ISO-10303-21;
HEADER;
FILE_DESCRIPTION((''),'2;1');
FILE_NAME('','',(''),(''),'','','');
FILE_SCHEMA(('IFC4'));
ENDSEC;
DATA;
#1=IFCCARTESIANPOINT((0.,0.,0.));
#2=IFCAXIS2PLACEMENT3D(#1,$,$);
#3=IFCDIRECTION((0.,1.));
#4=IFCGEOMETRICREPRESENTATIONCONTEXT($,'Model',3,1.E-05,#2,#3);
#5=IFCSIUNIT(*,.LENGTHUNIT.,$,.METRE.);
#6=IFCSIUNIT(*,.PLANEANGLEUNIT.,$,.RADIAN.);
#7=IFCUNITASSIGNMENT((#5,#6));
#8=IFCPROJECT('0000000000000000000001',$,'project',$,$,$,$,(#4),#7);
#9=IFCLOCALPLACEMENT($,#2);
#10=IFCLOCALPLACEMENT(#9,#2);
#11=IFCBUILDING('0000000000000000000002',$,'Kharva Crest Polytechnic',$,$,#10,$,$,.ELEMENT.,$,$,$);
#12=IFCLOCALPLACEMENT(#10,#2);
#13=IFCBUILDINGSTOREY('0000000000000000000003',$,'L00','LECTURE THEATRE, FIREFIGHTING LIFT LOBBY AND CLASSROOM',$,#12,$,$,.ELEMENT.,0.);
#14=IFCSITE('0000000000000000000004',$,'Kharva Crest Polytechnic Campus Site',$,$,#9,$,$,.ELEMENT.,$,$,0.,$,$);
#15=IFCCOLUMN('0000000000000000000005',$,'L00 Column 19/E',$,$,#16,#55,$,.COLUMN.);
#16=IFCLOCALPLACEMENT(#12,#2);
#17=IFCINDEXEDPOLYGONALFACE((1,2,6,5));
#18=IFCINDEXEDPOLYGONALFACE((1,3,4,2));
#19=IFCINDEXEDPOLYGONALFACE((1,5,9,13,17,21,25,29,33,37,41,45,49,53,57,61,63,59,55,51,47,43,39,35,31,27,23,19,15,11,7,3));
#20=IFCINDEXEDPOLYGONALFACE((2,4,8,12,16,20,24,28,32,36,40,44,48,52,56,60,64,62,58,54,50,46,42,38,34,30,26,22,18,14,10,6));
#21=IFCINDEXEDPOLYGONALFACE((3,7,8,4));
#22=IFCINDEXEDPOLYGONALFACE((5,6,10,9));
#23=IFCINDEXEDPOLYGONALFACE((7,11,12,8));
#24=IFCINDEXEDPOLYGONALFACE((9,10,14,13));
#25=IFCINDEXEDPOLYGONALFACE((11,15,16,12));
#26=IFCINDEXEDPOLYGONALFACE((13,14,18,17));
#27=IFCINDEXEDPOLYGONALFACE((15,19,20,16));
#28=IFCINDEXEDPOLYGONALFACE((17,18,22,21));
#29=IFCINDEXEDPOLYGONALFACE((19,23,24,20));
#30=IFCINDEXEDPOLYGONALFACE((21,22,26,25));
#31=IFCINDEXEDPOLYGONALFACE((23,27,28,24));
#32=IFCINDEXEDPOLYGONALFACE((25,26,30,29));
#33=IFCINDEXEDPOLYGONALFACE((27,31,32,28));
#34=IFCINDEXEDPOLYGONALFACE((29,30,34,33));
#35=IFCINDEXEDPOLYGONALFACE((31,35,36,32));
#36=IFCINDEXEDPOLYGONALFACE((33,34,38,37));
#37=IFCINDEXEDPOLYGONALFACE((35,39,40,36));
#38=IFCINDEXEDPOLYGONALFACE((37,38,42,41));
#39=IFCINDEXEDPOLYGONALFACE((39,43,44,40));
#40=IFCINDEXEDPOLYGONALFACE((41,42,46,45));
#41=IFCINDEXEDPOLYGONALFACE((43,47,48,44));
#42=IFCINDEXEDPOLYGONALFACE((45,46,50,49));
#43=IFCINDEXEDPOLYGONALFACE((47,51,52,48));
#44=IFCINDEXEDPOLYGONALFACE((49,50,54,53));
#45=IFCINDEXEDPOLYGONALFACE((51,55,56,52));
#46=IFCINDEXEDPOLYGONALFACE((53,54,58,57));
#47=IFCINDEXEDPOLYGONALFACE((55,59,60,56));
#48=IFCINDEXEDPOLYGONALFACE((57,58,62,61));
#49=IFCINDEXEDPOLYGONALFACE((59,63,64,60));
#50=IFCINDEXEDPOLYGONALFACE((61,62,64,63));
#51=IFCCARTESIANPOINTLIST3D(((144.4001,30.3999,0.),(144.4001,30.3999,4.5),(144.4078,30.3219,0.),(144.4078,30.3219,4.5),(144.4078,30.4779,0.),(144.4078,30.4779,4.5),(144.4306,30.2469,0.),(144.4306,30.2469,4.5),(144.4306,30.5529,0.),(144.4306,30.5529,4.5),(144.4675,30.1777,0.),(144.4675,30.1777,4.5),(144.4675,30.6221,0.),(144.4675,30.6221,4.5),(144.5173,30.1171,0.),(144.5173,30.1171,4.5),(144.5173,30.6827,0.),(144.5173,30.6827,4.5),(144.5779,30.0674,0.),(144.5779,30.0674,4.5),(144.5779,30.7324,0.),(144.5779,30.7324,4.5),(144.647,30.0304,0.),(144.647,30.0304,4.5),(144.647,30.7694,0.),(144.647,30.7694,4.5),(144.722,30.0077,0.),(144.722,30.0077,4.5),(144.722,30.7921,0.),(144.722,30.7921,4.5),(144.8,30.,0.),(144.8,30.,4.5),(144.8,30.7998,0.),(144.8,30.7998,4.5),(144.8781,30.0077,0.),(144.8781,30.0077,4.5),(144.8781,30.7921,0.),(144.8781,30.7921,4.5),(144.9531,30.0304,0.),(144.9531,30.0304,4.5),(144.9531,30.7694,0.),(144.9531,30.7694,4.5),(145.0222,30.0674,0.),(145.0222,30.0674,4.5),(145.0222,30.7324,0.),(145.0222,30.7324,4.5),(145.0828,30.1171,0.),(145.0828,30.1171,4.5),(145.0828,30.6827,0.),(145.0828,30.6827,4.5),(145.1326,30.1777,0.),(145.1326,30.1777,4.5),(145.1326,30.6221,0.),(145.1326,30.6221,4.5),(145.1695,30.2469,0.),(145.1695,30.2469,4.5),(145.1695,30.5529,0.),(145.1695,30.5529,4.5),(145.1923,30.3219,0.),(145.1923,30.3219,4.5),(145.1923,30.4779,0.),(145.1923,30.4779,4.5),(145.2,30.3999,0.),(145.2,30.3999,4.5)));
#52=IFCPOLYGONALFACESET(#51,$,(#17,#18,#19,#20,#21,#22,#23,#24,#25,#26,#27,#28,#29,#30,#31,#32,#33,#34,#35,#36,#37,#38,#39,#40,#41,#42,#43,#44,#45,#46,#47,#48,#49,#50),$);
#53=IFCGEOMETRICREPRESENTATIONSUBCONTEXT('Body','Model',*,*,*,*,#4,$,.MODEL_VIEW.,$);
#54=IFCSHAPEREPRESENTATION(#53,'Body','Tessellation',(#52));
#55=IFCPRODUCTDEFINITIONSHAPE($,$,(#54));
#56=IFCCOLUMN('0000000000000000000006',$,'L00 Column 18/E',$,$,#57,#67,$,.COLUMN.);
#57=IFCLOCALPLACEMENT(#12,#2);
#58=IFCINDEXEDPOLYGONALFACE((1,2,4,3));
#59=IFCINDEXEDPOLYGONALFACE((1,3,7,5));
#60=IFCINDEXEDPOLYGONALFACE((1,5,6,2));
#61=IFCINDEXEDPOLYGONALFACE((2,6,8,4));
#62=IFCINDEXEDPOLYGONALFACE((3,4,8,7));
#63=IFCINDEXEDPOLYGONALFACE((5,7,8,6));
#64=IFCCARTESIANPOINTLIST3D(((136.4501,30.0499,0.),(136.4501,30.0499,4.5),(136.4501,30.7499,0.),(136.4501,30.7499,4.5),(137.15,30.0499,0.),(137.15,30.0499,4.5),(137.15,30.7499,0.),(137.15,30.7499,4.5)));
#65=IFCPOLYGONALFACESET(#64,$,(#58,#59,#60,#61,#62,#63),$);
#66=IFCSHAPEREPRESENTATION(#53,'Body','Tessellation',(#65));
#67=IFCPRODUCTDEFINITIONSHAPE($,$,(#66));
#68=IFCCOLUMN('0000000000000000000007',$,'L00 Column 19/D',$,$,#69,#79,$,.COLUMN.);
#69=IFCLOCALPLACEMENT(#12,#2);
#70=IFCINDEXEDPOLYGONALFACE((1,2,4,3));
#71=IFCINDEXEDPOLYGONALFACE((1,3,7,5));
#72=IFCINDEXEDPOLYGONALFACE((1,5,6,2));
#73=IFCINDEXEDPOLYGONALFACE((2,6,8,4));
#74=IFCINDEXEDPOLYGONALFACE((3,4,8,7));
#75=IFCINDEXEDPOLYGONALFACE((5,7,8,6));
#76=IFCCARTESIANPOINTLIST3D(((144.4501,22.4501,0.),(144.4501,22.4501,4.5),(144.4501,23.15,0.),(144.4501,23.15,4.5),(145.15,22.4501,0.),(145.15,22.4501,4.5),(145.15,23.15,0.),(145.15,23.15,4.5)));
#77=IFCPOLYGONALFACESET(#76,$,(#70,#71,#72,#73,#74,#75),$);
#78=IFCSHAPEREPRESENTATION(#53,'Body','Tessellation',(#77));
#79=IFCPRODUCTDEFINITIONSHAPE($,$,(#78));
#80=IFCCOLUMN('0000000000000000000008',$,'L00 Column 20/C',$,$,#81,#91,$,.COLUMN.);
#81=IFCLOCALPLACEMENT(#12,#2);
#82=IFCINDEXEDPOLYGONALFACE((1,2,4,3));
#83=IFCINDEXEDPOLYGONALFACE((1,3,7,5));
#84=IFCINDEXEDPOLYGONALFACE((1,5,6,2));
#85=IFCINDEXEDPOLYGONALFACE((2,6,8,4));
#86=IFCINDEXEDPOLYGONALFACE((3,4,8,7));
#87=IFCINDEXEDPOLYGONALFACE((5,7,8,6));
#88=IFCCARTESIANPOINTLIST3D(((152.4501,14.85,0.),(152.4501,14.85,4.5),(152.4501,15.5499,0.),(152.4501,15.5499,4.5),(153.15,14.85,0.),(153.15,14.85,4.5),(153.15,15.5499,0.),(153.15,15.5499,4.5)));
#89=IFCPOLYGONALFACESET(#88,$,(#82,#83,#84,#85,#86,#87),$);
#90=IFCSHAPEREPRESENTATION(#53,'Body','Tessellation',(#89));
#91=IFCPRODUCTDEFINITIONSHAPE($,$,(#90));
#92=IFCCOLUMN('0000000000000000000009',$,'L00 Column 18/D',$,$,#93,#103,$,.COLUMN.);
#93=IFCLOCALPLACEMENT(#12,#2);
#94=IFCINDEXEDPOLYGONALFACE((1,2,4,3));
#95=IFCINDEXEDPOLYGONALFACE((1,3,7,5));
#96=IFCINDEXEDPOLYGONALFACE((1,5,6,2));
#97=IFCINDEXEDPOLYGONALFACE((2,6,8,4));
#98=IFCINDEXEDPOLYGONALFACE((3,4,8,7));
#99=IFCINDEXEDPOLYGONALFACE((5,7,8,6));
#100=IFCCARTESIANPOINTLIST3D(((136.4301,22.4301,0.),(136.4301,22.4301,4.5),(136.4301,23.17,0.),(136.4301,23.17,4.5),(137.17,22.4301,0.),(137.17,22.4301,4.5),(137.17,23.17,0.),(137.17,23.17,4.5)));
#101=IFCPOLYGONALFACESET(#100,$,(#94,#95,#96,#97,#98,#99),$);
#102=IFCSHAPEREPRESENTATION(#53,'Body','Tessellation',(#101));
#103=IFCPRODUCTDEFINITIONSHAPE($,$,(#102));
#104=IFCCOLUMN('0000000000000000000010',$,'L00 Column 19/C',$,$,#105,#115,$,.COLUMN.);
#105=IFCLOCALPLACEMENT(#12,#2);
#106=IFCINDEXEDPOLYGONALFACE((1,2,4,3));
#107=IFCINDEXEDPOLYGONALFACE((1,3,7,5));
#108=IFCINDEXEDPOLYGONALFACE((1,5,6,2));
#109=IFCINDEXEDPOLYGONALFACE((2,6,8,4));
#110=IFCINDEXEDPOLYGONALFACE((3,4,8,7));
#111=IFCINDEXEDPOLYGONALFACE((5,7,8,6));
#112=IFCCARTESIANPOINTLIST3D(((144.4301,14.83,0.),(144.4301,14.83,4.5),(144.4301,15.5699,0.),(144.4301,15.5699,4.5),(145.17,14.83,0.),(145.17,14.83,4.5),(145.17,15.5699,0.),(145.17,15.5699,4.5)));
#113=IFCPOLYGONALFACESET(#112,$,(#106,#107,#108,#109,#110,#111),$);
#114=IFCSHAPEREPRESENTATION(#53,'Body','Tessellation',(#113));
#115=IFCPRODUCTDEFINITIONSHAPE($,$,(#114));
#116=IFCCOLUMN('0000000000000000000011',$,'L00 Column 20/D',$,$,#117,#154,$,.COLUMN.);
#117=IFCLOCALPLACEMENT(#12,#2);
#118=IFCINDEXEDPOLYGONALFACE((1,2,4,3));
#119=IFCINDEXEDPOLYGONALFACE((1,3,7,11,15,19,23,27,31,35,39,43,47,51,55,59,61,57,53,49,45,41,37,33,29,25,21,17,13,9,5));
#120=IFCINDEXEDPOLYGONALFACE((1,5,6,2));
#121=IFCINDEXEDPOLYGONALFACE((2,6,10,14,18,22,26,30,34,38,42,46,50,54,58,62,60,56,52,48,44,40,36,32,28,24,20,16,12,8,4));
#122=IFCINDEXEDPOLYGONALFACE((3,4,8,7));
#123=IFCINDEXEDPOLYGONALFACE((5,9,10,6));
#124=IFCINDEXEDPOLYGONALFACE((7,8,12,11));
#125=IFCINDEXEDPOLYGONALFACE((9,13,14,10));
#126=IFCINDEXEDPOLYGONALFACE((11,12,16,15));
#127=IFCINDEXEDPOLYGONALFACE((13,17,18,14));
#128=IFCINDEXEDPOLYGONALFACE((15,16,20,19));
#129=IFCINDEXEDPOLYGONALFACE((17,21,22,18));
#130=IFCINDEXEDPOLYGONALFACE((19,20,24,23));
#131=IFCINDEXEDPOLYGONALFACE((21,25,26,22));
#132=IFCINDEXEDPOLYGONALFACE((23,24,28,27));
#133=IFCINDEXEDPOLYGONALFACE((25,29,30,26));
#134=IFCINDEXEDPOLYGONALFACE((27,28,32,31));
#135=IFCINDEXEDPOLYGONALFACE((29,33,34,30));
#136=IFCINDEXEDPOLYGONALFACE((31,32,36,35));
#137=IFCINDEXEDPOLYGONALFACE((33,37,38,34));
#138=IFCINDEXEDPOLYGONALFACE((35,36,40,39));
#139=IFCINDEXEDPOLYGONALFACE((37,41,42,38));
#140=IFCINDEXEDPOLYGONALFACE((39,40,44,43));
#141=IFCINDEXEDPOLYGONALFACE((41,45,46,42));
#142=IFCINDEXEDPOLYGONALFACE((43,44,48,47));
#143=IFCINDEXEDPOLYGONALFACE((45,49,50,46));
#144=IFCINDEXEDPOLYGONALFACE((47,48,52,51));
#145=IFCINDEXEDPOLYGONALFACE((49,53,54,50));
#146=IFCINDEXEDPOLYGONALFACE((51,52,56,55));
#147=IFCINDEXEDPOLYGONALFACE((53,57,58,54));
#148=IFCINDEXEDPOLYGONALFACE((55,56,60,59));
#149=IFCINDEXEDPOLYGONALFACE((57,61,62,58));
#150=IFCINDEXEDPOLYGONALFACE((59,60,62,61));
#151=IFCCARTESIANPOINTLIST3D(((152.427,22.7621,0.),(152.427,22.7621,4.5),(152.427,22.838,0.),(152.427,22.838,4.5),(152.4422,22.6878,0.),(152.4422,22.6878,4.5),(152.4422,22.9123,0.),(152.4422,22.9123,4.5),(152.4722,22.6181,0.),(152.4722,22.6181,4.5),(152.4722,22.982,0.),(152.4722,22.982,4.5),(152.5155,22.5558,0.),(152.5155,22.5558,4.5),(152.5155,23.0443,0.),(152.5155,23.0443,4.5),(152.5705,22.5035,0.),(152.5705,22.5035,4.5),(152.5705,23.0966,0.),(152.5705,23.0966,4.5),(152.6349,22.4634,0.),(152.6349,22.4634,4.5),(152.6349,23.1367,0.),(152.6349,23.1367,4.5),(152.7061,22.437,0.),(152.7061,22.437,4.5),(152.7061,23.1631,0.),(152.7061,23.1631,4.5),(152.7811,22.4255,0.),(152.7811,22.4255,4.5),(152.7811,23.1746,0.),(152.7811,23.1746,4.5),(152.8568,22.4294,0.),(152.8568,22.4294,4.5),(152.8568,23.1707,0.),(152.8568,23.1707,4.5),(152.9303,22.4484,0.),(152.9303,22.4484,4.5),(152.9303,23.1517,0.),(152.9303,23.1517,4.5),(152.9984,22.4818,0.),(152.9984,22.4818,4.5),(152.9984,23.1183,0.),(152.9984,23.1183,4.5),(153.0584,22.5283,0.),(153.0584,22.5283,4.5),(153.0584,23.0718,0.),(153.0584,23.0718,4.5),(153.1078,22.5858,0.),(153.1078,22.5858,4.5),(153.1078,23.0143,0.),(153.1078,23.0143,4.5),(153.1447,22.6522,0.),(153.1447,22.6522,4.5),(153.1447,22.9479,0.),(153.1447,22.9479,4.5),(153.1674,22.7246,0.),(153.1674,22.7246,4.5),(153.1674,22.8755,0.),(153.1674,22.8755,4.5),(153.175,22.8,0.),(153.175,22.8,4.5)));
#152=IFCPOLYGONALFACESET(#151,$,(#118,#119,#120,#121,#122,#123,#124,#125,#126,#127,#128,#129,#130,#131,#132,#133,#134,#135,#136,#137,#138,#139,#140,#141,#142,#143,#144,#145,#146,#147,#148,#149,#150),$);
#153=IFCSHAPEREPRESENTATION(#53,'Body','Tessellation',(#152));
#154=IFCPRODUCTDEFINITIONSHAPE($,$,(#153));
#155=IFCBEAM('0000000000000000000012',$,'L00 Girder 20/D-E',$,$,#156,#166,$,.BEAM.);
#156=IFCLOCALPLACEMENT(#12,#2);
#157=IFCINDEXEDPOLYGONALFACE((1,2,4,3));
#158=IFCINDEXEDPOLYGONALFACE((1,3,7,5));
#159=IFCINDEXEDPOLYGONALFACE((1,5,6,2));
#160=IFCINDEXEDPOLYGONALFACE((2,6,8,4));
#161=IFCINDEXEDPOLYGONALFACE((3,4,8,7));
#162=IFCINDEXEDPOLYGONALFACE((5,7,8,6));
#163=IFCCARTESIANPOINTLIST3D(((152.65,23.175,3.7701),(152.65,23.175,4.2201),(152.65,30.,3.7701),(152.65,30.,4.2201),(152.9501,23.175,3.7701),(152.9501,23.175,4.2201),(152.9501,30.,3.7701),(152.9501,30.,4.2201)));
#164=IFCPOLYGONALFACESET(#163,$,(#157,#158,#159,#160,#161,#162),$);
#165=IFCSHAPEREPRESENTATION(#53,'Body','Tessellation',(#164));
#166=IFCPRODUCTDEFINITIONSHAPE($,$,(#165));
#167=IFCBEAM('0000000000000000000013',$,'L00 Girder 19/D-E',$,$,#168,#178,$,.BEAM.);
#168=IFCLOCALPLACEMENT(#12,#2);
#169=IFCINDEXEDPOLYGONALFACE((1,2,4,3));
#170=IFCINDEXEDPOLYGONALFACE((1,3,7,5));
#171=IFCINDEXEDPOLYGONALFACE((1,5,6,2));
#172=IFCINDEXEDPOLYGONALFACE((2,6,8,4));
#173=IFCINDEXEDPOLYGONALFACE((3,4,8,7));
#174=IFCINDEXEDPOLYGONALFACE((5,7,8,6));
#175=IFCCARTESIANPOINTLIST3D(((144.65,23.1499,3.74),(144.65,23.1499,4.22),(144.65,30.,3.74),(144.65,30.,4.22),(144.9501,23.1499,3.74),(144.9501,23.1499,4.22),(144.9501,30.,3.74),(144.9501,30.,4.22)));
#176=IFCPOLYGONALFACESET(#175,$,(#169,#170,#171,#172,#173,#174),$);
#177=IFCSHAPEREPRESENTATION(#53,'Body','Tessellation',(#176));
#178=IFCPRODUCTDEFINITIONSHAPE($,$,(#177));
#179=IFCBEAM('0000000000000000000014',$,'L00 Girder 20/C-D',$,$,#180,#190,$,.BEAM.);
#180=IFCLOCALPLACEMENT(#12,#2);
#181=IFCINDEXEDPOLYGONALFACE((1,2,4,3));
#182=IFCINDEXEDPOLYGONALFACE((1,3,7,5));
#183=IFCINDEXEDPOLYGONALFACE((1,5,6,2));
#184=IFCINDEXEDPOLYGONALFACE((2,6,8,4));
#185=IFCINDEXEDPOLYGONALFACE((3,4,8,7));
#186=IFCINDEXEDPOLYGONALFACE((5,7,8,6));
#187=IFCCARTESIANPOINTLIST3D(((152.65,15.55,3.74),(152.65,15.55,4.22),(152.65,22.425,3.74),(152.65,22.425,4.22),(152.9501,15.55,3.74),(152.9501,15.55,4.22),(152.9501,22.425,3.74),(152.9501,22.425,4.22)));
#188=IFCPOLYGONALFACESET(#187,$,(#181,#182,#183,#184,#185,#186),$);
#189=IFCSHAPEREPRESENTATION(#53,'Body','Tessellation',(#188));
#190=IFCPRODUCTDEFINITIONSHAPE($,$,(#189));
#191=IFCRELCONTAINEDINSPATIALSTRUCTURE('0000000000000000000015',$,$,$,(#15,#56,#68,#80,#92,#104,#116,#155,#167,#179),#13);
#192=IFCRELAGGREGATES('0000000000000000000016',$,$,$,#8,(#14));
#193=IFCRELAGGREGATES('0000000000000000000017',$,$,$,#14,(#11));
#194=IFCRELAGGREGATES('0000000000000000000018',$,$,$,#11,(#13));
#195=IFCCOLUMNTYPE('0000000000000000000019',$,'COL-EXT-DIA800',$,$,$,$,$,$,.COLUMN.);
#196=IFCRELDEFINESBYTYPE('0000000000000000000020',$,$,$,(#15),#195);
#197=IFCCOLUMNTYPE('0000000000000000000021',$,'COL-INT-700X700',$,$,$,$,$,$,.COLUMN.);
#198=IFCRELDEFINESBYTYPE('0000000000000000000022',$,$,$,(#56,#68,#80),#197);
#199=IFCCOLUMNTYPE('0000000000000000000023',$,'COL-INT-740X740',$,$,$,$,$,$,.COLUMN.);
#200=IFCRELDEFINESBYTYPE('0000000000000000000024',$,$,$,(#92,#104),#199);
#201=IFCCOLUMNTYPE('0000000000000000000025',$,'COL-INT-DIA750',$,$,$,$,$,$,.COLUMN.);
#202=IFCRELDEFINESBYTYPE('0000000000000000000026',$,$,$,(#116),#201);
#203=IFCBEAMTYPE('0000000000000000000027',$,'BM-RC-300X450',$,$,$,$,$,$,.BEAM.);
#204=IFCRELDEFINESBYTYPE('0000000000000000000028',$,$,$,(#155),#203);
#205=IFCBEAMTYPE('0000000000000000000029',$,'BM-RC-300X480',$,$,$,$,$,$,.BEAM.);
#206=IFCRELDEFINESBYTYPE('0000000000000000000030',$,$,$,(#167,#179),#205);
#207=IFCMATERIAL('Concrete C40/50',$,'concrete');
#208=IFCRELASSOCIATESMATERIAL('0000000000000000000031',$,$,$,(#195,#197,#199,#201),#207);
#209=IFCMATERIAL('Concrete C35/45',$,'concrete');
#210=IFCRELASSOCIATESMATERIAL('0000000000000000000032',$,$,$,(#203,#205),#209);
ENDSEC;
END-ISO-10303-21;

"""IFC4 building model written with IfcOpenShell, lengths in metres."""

from ifc_helpers import new_model, si_unit, direction, frame, origin, origin_2d, place, context, subcontext, project, spatial, rectangle, circle, extrude, material, material_profile, profile_set, type_object, element, save


model = new_model("IFC4")

# Units and contexts
model_context = context("Model", 3, precision=1e-05, world=origin(), true_north=direction((0.0, 1.0)))
body_context = subcontext(model_context, "Body", "Model", "MODEL_VIEW")
ifc_project = project(units=[si_unit("LENGTHUNIT", "METRE"), si_unit("PLANEANGLEUNIT", "RADIAN")], contexts=[model_context])

# Site, building, storey
site_placement = place(None, origin())
site = spatial("IfcSite", under=ifc_project, at=site_placement, Name="Kharva Crest Polytechnic Campus Site", CompositionType="ELEMENT", RefElevation=0.0)
building_placement = place(site_placement, origin())
building = spatial("IfcBuilding", under=site, at=building_placement, Name="Kharva Crest Polytechnic", CompositionType="ELEMENT")
storey_placement = place(building_placement, origin())
storey = spatial("IfcBuildingStorey", under=building, at=storey_placement, Name="L00", Description="LECTURE THEATRE, FIREFIGHTING LIFT LOBBY AND CLASSROOM", CompositionType="ELEMENT", Elevation=0.0)

# Columns
ifc_material_1 = material(Name="Concrete C40/50", Category="concrete")
ifc_material_profile_1 = material_profile(ifc_material_1, circle(Radius=0.3999, at=origin_2d()), Name="DIA 800")
ifc_profile_set_1 = profile_set([ifc_material_profile_1], Name="Concrete C40/50")
column_type_1 = type_object("IfcColumnType", Name="COL-EXT-DIA800", PredefinedType="COLUMN", material=ifc_profile_set_1)
column_1_placement = place(storey_placement, frame((144.8, 30.3999, 0.0), z_axis=(0.0, 0.0, 1.0), x_axis=(1.0, 0.0, 0.0)))
element("IfcColumn", 1, at=column_1_placement, inside=storey, type_object=column_type_1, Name="L00 Column 19/E", PredefinedType="COLUMN", context=body_context, shape_type="SweptSolid", body=[
    extrude(circle(Radius=0.3999, at=origin_2d()), origin(), (0.0, 0.0, 1.0), 4.5),
])
ifc_material_profile_2 = material_profile(ifc_material_1, rectangle(XDim=0.7, YDim=0.7, at=origin_2d()), Name="RECT 700 X 700")
ifc_profile_set_2 = profile_set([ifc_material_profile_2], Name="Concrete C40/50")
column_type_2 = type_object("IfcColumnType", Name="COL-INT-700X700", PredefinedType="COLUMN", material=ifc_profile_set_2)
for number, where, z_axis, x_axis, name in (
    (2, (136.8, 30.3999, 0.0), (0.0, 0.0, 1.0), (1.0, 0.0, 0.0), "L00 Column 18/E"),
    (3, (144.8, 22.8, 0.0), (0.0, 0.0, 1.0), (1.0, 0.0, 0.0), "L00 Column 19/D"),
    (4, (152.8, 15.2, 0.0), (0.0, 0.0, 1.0), (1.0, 0.0, 0.0), "L00 Column 20/C"),
):
    element("IfcColumn", number, at=place(storey_placement, frame(where, z_axis=z_axis, x_axis=x_axis)), inside=storey, type_object=column_type_2, Name=name, PredefinedType="COLUMN", context=body_context, shape_type="SweptSolid", body=[
        extrude(rectangle(XDim=0.7, YDim=0.7, at=origin_2d()), origin(), (0.0, 0.0, 1.0), 4.5),
    ])
ifc_material_profile_3 = material_profile(ifc_material_1, rectangle(XDim=0.74, YDim=0.74, at=origin_2d()), Name="RECT 740 X 740")
ifc_profile_set_3 = profile_set([ifc_material_profile_3], Name="Concrete C40/50")
column_type_3 = type_object("IfcColumnType", Name="COL-INT-740X740", PredefinedType="COLUMN", material=ifc_profile_set_3)
for number, where, z_axis, x_axis, name in (
    (5, (136.8, 22.8, 0.0), (0.0, 0.0, 1.0), (1.0, 0.0, 0.0), "L00 Column 18/D"),
    (6, (144.8, 15.2, 0.0), (0.0, 0.0, 1.0), (1.0, 0.0, 0.0), "L00 Column 19/C"),
):
    element("IfcColumn", number, at=place(storey_placement, frame(where, z_axis=z_axis, x_axis=x_axis)), inside=storey, type_object=column_type_3, Name=name, PredefinedType="COLUMN", context=body_context, shape_type="SweptSolid", body=[
        extrude(rectangle(XDim=0.74, YDim=0.74, at=origin_2d()), origin(), (0.0, 0.0, 1.0), 4.5),
    ])
ifc_material_profile_4 = material_profile(ifc_material_1, circle(Radius=0.375, at=origin_2d()), Name="DIA 750")
ifc_profile_set_4 = profile_set([ifc_material_profile_4], Name="Concrete C40/50")
column_type_4 = type_object("IfcColumnType", Name="COL-INT-DIA750", PredefinedType="COLUMN", material=ifc_profile_set_4)
column_2_placement = place(storey_placement, frame((152.8, 22.8, 0.0), z_axis=(0.0, 0.0, 1.0), x_axis=(1.0, 0.0, 0.0)))
element("IfcColumn", 7, at=column_2_placement, inside=storey, type_object=column_type_4, Name="L00 Column 20/D", PredefinedType="COLUMN", context=body_context, shape_type="SweptSolid", body=[
    extrude(circle(Radius=0.375, at=origin_2d()), origin(), (0.0, 0.0, 1.0), 4.5),
])

# Beams
ifc_material_2 = material(Name="Concrete C35/45", Category="concrete")
ifc_material_profile_5 = material_profile(ifc_material_2, rectangle(XDim=0.3, YDim=0.45, at=origin_2d()), Name="RECT 300 X 450")
ifc_profile_set_5 = profile_set([ifc_material_profile_5], Name="Concrete C35/45")
beam_type_1 = type_object("IfcBeamType", Name="BM-RC-300X450", PredefinedType="BEAM", material=ifc_profile_set_5)
beam_1_placement = place(storey_placement, frame((152.8, 23.175, 3.9951), z_axis=(0.0, 1.0, 0.0), x_axis=(-1.0, 0.0, 0.0)))
element("IfcBeam", 8, at=beam_1_placement, inside=storey, type_object=beam_type_1, Name="L00 Girder 20/D-E", PredefinedType="BEAM", context=body_context, shape_type="SweptSolid", body=[
    extrude(rectangle(XDim=0.3, YDim=0.45, at=origin_2d()), origin(), (0.0, 0.0, 1.0), 6.825),
])
ifc_material_profile_6 = material_profile(ifc_material_2, rectangle(XDim=0.3, YDim=0.48, at=origin_2d()), Name="RECT 300 X 480")
ifc_profile_set_6 = profile_set([ifc_material_profile_6], Name="Concrete C35/45")
beam_type_2 = type_object("IfcBeamType", Name="BM-RC-300X480", PredefinedType="BEAM", material=ifc_profile_set_6)
beam_2_placement = place(storey_placement, frame((144.8, 23.1499, 3.98), z_axis=(0.0, 1.0, 0.0), x_axis=(-1.0, 0.0, 0.0)))
element("IfcBeam", 9, at=beam_2_placement, inside=storey, type_object=beam_type_2, Name="L00 Girder 19/D-E", PredefinedType="BEAM", context=body_context, shape_type="SweptSolid", body=[
    extrude(rectangle(XDim=0.3, YDim=0.48, at=origin_2d()), origin(), (0.0, 0.0, 1.0), 6.8501),
])
beam_3_placement = place(storey_placement, frame((152.8, 15.55, 3.98), z_axis=(0.0, 1.0, 0.0), x_axis=(-1.0, 0.0, 0.0)))
element("IfcBeam", 10, at=beam_3_placement, inside=storey, type_object=beam_type_2, Name="L00 Girder 20/C-D", PredefinedType="BEAM", context=body_context, shape_type="SweptSolid", body=[
    extrude(rectangle(XDim=0.3, YDim=0.48, at=origin_2d()), origin(), (0.0, 0.0, 1.0), 6.875),
])

save(model, "model.ifc")
